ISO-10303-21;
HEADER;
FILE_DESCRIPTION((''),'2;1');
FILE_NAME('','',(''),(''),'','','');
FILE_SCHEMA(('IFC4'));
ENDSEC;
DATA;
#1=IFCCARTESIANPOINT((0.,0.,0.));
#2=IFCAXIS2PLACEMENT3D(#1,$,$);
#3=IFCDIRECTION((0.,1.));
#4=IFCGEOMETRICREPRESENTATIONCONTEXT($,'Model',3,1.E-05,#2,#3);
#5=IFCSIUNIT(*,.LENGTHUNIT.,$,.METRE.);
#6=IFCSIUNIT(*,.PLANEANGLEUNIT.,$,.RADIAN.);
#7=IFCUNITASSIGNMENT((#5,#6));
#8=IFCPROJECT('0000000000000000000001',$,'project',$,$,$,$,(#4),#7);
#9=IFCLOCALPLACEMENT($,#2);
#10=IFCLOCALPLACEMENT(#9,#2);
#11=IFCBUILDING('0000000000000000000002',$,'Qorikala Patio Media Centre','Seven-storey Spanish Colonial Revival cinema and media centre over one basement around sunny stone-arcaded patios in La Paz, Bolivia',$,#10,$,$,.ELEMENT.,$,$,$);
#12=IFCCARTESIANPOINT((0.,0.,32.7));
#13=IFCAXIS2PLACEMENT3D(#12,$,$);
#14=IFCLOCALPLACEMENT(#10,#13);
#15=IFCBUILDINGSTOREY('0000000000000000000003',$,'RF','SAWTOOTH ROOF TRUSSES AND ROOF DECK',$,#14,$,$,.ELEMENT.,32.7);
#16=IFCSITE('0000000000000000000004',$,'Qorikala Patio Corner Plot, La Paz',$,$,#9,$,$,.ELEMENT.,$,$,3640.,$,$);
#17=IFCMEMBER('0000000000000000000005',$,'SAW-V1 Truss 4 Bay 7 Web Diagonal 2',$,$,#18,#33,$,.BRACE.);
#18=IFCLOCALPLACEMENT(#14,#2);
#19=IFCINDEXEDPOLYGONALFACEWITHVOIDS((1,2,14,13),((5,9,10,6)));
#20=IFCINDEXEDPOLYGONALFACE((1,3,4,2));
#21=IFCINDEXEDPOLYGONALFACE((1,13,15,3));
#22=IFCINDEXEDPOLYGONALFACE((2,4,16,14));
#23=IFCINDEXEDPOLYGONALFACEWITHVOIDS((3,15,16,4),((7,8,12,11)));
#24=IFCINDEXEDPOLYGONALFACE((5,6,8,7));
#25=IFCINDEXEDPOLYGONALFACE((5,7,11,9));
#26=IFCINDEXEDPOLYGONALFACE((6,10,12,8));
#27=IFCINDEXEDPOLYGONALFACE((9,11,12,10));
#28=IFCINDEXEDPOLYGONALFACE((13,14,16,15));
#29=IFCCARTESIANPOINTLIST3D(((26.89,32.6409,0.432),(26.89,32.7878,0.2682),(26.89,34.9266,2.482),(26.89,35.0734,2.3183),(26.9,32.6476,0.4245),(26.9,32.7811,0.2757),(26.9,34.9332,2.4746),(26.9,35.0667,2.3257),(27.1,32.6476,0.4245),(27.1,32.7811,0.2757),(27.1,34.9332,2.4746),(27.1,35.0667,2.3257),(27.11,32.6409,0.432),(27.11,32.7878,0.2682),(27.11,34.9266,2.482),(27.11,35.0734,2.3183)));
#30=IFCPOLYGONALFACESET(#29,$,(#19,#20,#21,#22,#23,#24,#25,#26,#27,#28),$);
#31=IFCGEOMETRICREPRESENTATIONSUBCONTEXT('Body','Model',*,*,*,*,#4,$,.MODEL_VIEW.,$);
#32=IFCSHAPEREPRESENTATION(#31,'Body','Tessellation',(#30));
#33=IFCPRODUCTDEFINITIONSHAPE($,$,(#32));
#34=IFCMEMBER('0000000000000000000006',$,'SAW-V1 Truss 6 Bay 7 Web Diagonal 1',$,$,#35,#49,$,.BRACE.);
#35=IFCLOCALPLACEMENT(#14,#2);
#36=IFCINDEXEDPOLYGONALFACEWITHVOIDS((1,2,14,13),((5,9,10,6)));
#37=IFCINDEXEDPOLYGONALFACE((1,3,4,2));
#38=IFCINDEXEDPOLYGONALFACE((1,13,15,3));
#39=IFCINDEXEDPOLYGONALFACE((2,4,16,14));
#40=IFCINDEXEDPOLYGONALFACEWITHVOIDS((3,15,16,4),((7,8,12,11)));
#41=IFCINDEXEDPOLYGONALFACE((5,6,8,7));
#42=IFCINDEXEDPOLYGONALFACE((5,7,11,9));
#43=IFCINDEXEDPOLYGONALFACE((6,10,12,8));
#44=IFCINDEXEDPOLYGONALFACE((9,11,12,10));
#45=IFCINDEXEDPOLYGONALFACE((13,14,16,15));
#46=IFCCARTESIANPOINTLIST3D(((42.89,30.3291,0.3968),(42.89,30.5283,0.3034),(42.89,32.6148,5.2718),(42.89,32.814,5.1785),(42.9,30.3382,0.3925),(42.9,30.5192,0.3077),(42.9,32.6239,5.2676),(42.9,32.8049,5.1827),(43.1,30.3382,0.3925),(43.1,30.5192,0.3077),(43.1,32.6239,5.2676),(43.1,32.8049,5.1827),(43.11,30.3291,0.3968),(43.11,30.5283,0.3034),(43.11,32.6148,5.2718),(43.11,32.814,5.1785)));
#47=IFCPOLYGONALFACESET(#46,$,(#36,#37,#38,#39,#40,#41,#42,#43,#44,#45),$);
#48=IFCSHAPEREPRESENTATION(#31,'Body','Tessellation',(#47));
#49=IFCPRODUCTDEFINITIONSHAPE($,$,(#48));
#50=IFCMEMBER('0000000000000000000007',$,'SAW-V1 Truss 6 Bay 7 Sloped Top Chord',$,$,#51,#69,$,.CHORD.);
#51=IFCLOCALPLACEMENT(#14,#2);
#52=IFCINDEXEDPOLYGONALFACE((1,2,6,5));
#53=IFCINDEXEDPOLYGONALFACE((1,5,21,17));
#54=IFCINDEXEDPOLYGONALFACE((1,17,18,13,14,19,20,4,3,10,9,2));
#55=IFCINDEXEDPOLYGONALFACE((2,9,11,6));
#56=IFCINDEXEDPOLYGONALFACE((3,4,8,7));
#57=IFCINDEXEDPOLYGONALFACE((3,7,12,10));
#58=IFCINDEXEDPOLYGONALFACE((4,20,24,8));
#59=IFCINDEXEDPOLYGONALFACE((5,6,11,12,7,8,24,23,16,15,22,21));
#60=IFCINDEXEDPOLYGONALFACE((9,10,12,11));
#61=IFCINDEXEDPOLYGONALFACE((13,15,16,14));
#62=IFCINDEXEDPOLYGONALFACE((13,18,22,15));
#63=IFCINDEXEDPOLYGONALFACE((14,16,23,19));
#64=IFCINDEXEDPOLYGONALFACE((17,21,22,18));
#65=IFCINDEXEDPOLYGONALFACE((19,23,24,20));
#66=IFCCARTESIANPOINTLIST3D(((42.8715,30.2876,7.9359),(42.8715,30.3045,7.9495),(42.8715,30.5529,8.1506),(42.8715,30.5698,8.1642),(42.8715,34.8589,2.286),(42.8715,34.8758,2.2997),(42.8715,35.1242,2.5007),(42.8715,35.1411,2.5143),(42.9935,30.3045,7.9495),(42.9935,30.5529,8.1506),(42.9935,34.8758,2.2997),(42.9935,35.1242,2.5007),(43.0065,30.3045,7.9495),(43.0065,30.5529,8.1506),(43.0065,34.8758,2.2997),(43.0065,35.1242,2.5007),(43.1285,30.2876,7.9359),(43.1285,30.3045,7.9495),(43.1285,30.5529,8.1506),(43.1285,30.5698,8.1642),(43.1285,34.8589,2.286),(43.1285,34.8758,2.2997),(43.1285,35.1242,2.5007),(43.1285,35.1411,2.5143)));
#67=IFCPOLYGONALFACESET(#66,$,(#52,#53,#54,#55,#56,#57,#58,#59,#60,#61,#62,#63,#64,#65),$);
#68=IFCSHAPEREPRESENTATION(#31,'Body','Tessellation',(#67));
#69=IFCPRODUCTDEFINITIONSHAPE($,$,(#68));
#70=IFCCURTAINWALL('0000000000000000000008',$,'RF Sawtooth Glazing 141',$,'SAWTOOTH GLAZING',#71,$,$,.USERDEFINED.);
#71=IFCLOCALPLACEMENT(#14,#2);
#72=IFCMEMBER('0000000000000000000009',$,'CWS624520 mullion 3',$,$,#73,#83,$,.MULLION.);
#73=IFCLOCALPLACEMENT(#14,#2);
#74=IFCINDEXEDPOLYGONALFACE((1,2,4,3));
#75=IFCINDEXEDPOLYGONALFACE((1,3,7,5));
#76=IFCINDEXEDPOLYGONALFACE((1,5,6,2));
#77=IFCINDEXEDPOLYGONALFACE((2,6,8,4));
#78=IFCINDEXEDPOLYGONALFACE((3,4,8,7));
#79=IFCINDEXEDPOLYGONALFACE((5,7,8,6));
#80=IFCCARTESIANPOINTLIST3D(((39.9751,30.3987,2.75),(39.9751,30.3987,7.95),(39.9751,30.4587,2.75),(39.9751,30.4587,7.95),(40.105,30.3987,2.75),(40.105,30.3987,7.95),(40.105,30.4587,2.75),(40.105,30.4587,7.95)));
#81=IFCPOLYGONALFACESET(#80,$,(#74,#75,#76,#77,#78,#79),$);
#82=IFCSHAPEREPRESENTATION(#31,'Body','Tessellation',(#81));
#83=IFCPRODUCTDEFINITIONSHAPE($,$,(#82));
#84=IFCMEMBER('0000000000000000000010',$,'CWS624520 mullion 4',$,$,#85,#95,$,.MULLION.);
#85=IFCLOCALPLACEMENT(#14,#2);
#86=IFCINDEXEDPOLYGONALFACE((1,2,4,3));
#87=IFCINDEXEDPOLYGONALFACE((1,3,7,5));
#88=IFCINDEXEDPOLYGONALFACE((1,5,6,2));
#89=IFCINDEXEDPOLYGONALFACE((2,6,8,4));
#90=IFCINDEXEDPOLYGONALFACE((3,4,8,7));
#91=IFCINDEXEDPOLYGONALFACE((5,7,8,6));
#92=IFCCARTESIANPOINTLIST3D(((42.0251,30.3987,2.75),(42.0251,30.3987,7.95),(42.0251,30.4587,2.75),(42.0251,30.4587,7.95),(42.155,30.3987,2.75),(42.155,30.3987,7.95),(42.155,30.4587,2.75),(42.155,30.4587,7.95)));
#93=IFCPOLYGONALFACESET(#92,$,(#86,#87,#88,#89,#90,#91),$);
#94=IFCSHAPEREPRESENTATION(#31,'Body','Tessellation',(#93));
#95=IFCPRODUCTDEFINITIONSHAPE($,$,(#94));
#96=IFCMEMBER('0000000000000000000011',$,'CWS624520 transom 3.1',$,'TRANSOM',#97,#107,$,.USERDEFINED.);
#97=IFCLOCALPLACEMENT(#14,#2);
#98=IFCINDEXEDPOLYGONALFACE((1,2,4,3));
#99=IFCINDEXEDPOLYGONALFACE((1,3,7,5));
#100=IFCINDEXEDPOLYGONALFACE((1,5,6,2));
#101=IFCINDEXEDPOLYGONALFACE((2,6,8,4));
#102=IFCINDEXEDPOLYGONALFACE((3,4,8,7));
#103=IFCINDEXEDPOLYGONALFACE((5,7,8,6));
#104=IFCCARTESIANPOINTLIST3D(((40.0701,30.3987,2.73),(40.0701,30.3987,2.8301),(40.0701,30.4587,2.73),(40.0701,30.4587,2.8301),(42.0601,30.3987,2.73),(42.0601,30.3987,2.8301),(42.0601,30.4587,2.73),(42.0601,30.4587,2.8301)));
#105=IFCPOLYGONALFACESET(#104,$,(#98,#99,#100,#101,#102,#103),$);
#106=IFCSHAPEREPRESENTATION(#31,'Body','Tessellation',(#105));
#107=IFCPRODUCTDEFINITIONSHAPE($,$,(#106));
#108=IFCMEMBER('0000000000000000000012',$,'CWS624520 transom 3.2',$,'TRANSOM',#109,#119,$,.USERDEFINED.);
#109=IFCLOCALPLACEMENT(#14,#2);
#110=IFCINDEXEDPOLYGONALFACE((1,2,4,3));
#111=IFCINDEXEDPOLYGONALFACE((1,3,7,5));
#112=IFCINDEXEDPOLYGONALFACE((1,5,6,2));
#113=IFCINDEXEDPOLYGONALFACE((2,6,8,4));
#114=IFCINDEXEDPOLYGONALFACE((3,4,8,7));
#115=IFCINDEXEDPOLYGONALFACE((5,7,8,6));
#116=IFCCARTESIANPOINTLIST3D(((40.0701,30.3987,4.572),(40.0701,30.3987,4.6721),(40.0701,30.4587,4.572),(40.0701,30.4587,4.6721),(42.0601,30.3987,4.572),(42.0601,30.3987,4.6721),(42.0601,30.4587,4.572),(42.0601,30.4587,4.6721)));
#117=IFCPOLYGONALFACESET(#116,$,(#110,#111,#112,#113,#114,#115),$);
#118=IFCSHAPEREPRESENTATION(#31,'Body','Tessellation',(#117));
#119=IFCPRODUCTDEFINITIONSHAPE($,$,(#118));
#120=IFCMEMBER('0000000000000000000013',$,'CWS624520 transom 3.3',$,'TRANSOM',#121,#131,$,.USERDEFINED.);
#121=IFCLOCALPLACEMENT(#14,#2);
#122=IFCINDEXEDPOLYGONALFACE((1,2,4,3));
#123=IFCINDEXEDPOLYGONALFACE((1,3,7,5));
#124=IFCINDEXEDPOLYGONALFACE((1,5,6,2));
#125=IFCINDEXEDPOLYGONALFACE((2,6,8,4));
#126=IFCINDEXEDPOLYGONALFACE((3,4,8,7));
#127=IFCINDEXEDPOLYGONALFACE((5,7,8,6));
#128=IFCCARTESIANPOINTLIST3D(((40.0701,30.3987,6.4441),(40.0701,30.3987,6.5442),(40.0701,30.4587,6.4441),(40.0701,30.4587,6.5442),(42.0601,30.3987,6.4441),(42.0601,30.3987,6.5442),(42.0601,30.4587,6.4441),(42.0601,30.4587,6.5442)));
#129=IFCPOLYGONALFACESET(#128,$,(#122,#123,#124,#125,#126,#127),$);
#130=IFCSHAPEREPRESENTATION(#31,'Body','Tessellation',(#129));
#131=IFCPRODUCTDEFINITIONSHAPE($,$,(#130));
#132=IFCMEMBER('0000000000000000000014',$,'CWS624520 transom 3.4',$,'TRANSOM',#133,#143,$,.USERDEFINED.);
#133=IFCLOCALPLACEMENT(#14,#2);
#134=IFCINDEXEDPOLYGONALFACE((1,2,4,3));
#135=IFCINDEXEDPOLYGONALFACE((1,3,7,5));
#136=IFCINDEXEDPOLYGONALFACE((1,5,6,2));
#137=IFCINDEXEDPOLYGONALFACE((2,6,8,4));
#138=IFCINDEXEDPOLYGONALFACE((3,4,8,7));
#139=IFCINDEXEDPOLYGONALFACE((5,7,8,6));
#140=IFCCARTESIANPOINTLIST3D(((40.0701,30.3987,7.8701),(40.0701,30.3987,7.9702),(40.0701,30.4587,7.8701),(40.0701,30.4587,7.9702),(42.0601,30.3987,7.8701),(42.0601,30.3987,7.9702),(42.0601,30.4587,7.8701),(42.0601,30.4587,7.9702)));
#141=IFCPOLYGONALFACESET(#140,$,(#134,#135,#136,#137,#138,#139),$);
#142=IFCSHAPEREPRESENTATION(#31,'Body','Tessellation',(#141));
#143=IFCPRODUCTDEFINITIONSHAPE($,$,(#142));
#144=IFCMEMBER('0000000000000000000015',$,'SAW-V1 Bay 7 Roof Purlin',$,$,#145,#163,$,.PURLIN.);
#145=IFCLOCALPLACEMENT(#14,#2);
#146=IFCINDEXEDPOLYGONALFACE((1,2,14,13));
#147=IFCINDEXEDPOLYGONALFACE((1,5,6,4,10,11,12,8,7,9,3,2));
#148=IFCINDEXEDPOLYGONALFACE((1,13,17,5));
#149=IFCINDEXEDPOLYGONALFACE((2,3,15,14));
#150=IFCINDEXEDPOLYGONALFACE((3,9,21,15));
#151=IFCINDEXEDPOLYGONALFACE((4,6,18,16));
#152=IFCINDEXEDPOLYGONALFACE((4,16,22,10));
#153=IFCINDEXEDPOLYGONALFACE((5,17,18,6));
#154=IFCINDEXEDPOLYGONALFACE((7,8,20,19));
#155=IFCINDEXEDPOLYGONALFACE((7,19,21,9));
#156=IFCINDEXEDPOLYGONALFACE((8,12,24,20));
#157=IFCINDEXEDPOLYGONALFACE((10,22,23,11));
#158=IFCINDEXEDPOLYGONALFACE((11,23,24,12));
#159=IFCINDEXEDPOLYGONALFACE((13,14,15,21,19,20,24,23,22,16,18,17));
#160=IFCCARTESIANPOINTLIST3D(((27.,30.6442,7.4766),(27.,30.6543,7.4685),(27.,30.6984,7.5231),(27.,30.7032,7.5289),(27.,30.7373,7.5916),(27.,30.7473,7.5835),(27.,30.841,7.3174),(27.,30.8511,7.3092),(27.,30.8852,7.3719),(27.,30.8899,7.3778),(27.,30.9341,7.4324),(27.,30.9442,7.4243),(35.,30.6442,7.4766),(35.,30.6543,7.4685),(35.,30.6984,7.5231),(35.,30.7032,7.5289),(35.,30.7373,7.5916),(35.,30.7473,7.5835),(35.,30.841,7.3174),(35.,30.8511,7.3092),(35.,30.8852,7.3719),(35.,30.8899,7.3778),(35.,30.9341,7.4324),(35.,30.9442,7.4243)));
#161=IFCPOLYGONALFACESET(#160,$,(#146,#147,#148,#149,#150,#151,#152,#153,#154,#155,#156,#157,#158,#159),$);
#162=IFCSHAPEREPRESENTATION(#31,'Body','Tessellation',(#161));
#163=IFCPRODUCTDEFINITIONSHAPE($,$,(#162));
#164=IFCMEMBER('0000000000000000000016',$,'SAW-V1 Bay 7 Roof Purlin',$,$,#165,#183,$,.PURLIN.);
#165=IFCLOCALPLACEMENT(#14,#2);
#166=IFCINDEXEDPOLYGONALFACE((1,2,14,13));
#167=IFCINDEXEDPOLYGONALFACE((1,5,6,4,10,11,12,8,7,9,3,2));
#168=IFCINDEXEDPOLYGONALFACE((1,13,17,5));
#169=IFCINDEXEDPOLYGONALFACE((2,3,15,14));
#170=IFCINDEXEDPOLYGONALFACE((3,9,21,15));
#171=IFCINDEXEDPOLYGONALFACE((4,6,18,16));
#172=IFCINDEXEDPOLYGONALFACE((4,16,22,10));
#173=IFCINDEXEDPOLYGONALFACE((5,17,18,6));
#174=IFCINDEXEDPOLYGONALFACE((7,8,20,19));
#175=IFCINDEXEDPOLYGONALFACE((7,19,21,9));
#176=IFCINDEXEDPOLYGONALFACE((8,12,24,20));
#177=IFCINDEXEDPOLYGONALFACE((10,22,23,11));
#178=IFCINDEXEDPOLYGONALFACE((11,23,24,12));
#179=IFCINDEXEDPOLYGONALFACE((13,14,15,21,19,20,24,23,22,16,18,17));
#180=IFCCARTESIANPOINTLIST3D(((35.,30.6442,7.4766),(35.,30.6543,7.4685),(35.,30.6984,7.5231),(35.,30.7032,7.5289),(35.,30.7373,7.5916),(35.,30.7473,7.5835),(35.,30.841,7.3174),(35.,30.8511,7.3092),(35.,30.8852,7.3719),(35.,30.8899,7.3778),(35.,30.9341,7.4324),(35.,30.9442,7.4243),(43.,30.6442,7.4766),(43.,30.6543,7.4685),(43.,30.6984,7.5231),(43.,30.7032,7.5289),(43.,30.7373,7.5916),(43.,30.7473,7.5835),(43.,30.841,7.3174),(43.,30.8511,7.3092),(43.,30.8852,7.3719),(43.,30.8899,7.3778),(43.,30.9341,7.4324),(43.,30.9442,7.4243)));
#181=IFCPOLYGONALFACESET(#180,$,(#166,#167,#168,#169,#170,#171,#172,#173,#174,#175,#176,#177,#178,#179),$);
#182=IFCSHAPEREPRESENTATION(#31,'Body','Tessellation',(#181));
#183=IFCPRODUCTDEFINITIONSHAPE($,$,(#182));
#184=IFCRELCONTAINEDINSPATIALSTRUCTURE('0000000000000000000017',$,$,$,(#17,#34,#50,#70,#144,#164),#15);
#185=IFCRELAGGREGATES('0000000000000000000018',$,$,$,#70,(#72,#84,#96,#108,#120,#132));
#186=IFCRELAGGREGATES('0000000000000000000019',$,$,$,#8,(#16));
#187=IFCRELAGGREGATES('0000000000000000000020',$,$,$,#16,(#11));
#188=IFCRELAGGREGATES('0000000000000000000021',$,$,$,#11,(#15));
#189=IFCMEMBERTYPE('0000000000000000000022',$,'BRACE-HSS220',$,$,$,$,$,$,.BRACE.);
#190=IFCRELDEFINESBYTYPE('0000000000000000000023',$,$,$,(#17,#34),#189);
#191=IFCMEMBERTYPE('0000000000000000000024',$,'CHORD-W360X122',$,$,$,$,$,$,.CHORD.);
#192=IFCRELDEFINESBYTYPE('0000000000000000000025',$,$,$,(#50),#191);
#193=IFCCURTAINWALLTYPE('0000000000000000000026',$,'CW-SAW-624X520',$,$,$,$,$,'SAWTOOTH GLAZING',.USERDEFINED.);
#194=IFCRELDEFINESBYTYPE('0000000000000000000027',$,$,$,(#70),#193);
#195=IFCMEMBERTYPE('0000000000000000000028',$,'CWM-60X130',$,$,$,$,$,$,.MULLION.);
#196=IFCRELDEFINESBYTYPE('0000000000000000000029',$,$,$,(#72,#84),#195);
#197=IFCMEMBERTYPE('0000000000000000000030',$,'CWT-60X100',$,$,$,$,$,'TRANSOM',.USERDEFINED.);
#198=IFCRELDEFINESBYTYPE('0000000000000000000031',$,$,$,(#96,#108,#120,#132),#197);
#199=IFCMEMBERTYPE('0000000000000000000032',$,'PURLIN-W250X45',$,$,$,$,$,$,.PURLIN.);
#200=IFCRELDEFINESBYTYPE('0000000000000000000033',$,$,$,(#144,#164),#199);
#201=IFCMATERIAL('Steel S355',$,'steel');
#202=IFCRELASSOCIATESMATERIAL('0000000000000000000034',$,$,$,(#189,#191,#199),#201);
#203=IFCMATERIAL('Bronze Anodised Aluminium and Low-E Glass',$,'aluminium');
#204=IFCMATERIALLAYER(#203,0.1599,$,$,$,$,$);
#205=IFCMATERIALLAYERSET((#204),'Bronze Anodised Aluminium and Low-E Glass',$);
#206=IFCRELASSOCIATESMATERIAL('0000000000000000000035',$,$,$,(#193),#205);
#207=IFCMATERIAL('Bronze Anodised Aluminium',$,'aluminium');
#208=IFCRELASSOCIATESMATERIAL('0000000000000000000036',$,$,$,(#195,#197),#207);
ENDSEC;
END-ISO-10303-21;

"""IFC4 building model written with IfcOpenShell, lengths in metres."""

from ifc_helpers import new_model, si_unit, direction, frame, origin, origin_2d, place, context, subcontext, project, spatial, rectangle, hollow_rectangle, i_section, extrude, material, layer, layer_set, material_profile, profile_set, type_object, element, aggregate, save


model = new_model("IFC4")

# Units and contexts
model_context = context("Model", 3, precision=1e-05, world=origin(), true_north=direction((0.0, 1.0)))
body_context = subcontext(model_context, "Body", "Model", "MODEL_VIEW")
ifc_project = project(units=[si_unit("LENGTHUNIT", "METRE"), si_unit("PLANEANGLEUNIT", "RADIAN")], contexts=[model_context])

# Site, building, storey
site_placement = place(None, origin())
site = spatial("IfcSite", under=ifc_project, at=site_placement, Name="Qorikala Patio Corner Plot, La Paz", CompositionType="ELEMENT", RefElevation=3640.0)
building_placement = place(site_placement, origin())
building = spatial("IfcBuilding", under=site, at=building_placement, Name="Qorikala Patio Media Centre", Description="Seven-storey Spanish Colonial Revival cinema and media centre over one basement around sunny stone-arcaded patios in La Paz, Bolivia", CompositionType="ELEMENT")
storey_placement = place(building_placement, frame((0.0, 0.0, 32.7)))
storey = spatial("IfcBuildingStorey", under=building, at=storey_placement, Name="RF", Description="SAWTOOTH ROOF TRUSSES AND ROOF DECK", CompositionType="ELEMENT", Elevation=32.7)

# Members
ifc_material_1 = material(Name="Steel S355", Category="steel")
ifc_material_profile_1 = material_profile(ifc_material_1, hollow_rectangle(XDim=0.22, YDim=0.22, WallThickness=0.01, at=origin_2d()), Name="HSS220X220X10")
ifc_profile_set_1 = profile_set([ifc_material_profile_1], Name="Steel S355")
member_type_1 = type_object("IfcMemberType", Name="BRACE-HSS220", PredefinedType="BRACE", material=ifc_profile_set_1)
member_1_placement = place(storey_placement, frame((27.0, 32.7144, 0.3501), z_axis=(0.0, 0.744432, 0.667699), x_axis=(-1.0, 0.0, 0.0)))
element("IfcMember", 1, at=member_1_placement, inside=storey, type_object=member_type_1, Name="SAW-V1 Truss 4 Bay 7 Web Diagonal 2", PredefinedType="BRACE", context=body_context, shape_type="SweptSolid", body=[
    extrude(hollow_rectangle(XDim=0.22, YDim=0.22, WallThickness=0.01, at=origin_2d()), origin(), (0.0, 0.0, 1.0), 3.0703),
])
member_2_placement = place(storey_placement, frame((43.0, 30.4287, 0.3501), z_axis=(0.0, 0.424508, 0.905424), x_axis=(-1.0, 0.0, 0.0)))
element("IfcMember", 2, at=member_2_placement, inside=storey, type_object=member_type_1, Name="SAW-V1 Truss 6 Bay 7 Web Diagonal 1", PredefinedType="BRACE", context=body_context, shape_type="SweptSolid", body=[
    extrude(hollow_rectangle(XDim=0.22, YDim=0.22, WallThickness=0.01, at=origin_2d()), origin(), (0.0, 0.0, 1.0), 5.3843),
])
ifc_material_profile_2 = material_profile(ifc_material_1, i_section(OverallWidth=0.2571, OverallDepth=0.363, WebThickness=0.0129, FlangeThickness=0.0217, at=origin_2d()), Name="W360X122")
ifc_profile_set_2 = profile_set([ifc_material_profile_2], Name="Steel S355")
member_type_2 = type_object("IfcMemberType", Name="CHORD-W360X122", PredefinedType="CHORD", material=ifc_profile_set_2)
member_3_placement = place(storey_placement, frame((43.0, 30.4287, 8.05), z_axis=(0.0, 0.628995, -0.777409), x_axis=(-1.0, 0.0, 0.0)))
element("IfcMember", 3, at=member_3_placement, inside=storey, type_object=member_type_2, Name="SAW-V1 Truss 6 Bay 7 Sloped Top Chord", PredefinedType="CHORD", context=body_context, shape_type="SweptSolid", body=[
    extrude(i_section(OverallWidth=0.2571, OverallDepth=0.363, WebThickness=0.0129, FlangeThickness=0.0217, at=origin_2d()), origin(), (0.0, 0.0, 1.0), 7.2676),
])

# Curtain wall, members
ifc_material_2 = material(Name="Bronze Anodised Aluminium and Low-E Glass", Category="aluminium")
ifc_layer_1 = layer(ifc_material_2, 0.1599)
ifc_layer_set_1 = layer_set([ifc_layer_1], Name="Bronze Anodised Aluminium and Low-E Glass")
curtain_wall_type = type_object("IfcCurtainWallType", Name="CW-SAW-624X520", ElementType="SAWTOOTH GLAZING", PredefinedType="USERDEFINED", material=ifc_layer_set_1)
curtain_wall_placement = place(storey_placement, origin())
curtain_wall = element("IfcCurtainWall", 4, at=curtain_wall_placement, inside=storey, type_object=curtain_wall_type, Name="RF Sawtooth Glazing 141", ObjectType="SAWTOOTH GLAZING", PredefinedType="USERDEFINED")
ifc_material_3 = material(Name="Bronze Anodised Aluminium", Category="aluminium")
ifc_material_profile_3 = material_profile(ifc_material_3, rectangle(XDim=0.0601, YDim=0.1299, at=origin_2d()), Name="ALU MULLION 60x130")
ifc_profile_set_3 = profile_set([ifc_material_profile_3], Name="Bronze Anodised Aluminium")
member_type_3 = type_object("IfcMemberType", Name="CWM-60X130", PredefinedType="MULLION", material=ifc_profile_set_3)
member_4_placement = place(storey_placement, frame((40.04, 30.4287, 2.75), z_axis=(0.0, 0.0, 1.0), x_axis=(0.0, 1.0, 0.0)))
member_4 = element("IfcMember", 5, at=member_4_placement, type_object=member_type_3, Name="CWS624520 mullion 3", PredefinedType="MULLION", context=body_context, shape_type="SweptSolid", body=[
    extrude(rectangle(XDim=0.0601, YDim=0.1299, at=origin_2d()), origin(), (0.0, 0.0, 1.0), 5.2),
])
member_5_placement = place(storey_placement, frame((42.0901, 30.4287, 2.75), z_axis=(0.0, 0.0, 1.0), x_axis=(0.0, 1.0, 0.0)))
member_5 = element("IfcMember", 6, at=member_5_placement, type_object=member_type_3, Name="CWS624520 mullion 4", PredefinedType="MULLION", context=body_context, shape_type="SweptSolid", body=[
    extrude(rectangle(XDim=0.0601, YDim=0.1299, at=origin_2d()), origin(), (0.0, 0.0, 1.0), 5.2),
])
ifc_material_profile_4 = material_profile(ifc_material_3, rectangle(XDim=0.0601, YDim=0.1001, at=origin_2d()), Name="ALU TRANSOM 60x100")
ifc_profile_set_4 = profile_set([ifc_material_profile_4], Name="Bronze Anodised Aluminium")
member_type_4 = type_object("IfcMemberType", Name="CWT-60X100", ElementType="TRANSOM", PredefinedType="USERDEFINED", material=ifc_profile_set_4)
member_6_placement = place(storey_placement, frame((40.0701, 30.4287, 2.78), z_axis=(1.0, 0.0, 0.0), x_axis=(0.0, 1.0, 0.0)))
member_6 = element("IfcMember", 7, at=member_6_placement, type_object=member_type_4, Name="CWS624520 transom 3.1", ObjectType="TRANSOM", PredefinedType="USERDEFINED", context=body_context, shape_type="SweptSolid", body=[
    extrude(rectangle(XDim=0.0601, YDim=0.1001, at=origin_2d()), origin(), (0.0, 0.0, 1.0), 1.99),
])
member_7_placement = place(storey_placement, frame((40.0701, 30.4287, 4.6221), z_axis=(1.0, 0.0, 0.0), x_axis=(0.0, 1.0, 0.0)))
member_7 = element("IfcMember", 8, at=member_7_placement, type_object=member_type_4, Name="CWS624520 transom 3.2", ObjectType="TRANSOM", PredefinedType="USERDEFINED", context=body_context, shape_type="SweptSolid", body=[
    extrude(rectangle(XDim=0.0601, YDim=0.1001, at=origin_2d()), origin(), (0.0, 0.0, 1.0), 1.99),
])
member_8_placement = place(storey_placement, frame((40.0701, 30.4287, 6.4941), z_axis=(1.0, 0.0, 0.0), x_axis=(0.0, 1.0, 0.0)))
member_8 = element("IfcMember", 9, at=member_8_placement, type_object=member_type_4, Name="CWS624520 transom 3.3", ObjectType="TRANSOM", PredefinedType="USERDEFINED", context=body_context, shape_type="SweptSolid", body=[
    extrude(rectangle(XDim=0.0601, YDim=0.1001, at=origin_2d()), origin(), (0.0, 0.0, 1.0), 1.99),
])
member_9_placement = place(storey_placement, frame((40.0701, 30.4287, 7.9202), z_axis=(1.0, 0.0, 0.0), x_axis=(0.0, 1.0, 0.0)))
member_9 = element("IfcMember", 10, at=member_9_placement, type_object=member_type_4, Name="CWS624520 transom 3.4", ObjectType="TRANSOM", PredefinedType="USERDEFINED", context=body_context, shape_type="SweptSolid", body=[
    extrude(rectangle(XDim=0.0601, YDim=0.1001, at=origin_2d()), origin(), (0.0, 0.0, 1.0), 1.99),
])

# Members
ifc_material_profile_5 = material_profile(ifc_material_1, i_section(OverallWidth=0.1479, OverallDepth=0.2661, WebThickness=0.0076, FlangeThickness=0.0129, at=origin_2d()), Name="W250X45")
ifc_profile_set_5 = profile_set([ifc_material_profile_5], Name="Steel S355")
member_type_5 = type_object("IfcMemberType", Name="PURLIN-W250X45", PredefinedType="PURLIN", material=ifc_profile_set_5)
for number, where, z_axis, x_axis, name in (
    (11, (27.0, 30.7942, 7.4504), (1.0, 0.0, 0.0), (0.0, 0.628995, 0.77741), "SAW-V1 Bay 7 Roof Purlin"),
    (12, (35.0, 30.7942, 7.4504), (1.0, 0.0, 0.0), (0.0, 0.628995, 0.77741), "SAW-V1 Bay 7 Roof Purlin"),
):
    element("IfcMember", number, at=place(storey_placement, frame(where, z_axis=z_axis, x_axis=x_axis)), inside=storey, type_object=member_type_5, Name=name, PredefinedType="PURLIN", context=body_context, shape_type="SweptSolid", body=[
        extrude(i_section(OverallWidth=0.1479, OverallDepth=0.2661, WebThickness=0.0076, FlangeThickness=0.0129, at=origin_2d()), origin(), (0.0, 0.0, 1.0), 8.0),
    ])

aggregate(curtain_wall, [member_4, member_5, member_6, member_7, member_8, member_9])

save(model, "model.ifc")
